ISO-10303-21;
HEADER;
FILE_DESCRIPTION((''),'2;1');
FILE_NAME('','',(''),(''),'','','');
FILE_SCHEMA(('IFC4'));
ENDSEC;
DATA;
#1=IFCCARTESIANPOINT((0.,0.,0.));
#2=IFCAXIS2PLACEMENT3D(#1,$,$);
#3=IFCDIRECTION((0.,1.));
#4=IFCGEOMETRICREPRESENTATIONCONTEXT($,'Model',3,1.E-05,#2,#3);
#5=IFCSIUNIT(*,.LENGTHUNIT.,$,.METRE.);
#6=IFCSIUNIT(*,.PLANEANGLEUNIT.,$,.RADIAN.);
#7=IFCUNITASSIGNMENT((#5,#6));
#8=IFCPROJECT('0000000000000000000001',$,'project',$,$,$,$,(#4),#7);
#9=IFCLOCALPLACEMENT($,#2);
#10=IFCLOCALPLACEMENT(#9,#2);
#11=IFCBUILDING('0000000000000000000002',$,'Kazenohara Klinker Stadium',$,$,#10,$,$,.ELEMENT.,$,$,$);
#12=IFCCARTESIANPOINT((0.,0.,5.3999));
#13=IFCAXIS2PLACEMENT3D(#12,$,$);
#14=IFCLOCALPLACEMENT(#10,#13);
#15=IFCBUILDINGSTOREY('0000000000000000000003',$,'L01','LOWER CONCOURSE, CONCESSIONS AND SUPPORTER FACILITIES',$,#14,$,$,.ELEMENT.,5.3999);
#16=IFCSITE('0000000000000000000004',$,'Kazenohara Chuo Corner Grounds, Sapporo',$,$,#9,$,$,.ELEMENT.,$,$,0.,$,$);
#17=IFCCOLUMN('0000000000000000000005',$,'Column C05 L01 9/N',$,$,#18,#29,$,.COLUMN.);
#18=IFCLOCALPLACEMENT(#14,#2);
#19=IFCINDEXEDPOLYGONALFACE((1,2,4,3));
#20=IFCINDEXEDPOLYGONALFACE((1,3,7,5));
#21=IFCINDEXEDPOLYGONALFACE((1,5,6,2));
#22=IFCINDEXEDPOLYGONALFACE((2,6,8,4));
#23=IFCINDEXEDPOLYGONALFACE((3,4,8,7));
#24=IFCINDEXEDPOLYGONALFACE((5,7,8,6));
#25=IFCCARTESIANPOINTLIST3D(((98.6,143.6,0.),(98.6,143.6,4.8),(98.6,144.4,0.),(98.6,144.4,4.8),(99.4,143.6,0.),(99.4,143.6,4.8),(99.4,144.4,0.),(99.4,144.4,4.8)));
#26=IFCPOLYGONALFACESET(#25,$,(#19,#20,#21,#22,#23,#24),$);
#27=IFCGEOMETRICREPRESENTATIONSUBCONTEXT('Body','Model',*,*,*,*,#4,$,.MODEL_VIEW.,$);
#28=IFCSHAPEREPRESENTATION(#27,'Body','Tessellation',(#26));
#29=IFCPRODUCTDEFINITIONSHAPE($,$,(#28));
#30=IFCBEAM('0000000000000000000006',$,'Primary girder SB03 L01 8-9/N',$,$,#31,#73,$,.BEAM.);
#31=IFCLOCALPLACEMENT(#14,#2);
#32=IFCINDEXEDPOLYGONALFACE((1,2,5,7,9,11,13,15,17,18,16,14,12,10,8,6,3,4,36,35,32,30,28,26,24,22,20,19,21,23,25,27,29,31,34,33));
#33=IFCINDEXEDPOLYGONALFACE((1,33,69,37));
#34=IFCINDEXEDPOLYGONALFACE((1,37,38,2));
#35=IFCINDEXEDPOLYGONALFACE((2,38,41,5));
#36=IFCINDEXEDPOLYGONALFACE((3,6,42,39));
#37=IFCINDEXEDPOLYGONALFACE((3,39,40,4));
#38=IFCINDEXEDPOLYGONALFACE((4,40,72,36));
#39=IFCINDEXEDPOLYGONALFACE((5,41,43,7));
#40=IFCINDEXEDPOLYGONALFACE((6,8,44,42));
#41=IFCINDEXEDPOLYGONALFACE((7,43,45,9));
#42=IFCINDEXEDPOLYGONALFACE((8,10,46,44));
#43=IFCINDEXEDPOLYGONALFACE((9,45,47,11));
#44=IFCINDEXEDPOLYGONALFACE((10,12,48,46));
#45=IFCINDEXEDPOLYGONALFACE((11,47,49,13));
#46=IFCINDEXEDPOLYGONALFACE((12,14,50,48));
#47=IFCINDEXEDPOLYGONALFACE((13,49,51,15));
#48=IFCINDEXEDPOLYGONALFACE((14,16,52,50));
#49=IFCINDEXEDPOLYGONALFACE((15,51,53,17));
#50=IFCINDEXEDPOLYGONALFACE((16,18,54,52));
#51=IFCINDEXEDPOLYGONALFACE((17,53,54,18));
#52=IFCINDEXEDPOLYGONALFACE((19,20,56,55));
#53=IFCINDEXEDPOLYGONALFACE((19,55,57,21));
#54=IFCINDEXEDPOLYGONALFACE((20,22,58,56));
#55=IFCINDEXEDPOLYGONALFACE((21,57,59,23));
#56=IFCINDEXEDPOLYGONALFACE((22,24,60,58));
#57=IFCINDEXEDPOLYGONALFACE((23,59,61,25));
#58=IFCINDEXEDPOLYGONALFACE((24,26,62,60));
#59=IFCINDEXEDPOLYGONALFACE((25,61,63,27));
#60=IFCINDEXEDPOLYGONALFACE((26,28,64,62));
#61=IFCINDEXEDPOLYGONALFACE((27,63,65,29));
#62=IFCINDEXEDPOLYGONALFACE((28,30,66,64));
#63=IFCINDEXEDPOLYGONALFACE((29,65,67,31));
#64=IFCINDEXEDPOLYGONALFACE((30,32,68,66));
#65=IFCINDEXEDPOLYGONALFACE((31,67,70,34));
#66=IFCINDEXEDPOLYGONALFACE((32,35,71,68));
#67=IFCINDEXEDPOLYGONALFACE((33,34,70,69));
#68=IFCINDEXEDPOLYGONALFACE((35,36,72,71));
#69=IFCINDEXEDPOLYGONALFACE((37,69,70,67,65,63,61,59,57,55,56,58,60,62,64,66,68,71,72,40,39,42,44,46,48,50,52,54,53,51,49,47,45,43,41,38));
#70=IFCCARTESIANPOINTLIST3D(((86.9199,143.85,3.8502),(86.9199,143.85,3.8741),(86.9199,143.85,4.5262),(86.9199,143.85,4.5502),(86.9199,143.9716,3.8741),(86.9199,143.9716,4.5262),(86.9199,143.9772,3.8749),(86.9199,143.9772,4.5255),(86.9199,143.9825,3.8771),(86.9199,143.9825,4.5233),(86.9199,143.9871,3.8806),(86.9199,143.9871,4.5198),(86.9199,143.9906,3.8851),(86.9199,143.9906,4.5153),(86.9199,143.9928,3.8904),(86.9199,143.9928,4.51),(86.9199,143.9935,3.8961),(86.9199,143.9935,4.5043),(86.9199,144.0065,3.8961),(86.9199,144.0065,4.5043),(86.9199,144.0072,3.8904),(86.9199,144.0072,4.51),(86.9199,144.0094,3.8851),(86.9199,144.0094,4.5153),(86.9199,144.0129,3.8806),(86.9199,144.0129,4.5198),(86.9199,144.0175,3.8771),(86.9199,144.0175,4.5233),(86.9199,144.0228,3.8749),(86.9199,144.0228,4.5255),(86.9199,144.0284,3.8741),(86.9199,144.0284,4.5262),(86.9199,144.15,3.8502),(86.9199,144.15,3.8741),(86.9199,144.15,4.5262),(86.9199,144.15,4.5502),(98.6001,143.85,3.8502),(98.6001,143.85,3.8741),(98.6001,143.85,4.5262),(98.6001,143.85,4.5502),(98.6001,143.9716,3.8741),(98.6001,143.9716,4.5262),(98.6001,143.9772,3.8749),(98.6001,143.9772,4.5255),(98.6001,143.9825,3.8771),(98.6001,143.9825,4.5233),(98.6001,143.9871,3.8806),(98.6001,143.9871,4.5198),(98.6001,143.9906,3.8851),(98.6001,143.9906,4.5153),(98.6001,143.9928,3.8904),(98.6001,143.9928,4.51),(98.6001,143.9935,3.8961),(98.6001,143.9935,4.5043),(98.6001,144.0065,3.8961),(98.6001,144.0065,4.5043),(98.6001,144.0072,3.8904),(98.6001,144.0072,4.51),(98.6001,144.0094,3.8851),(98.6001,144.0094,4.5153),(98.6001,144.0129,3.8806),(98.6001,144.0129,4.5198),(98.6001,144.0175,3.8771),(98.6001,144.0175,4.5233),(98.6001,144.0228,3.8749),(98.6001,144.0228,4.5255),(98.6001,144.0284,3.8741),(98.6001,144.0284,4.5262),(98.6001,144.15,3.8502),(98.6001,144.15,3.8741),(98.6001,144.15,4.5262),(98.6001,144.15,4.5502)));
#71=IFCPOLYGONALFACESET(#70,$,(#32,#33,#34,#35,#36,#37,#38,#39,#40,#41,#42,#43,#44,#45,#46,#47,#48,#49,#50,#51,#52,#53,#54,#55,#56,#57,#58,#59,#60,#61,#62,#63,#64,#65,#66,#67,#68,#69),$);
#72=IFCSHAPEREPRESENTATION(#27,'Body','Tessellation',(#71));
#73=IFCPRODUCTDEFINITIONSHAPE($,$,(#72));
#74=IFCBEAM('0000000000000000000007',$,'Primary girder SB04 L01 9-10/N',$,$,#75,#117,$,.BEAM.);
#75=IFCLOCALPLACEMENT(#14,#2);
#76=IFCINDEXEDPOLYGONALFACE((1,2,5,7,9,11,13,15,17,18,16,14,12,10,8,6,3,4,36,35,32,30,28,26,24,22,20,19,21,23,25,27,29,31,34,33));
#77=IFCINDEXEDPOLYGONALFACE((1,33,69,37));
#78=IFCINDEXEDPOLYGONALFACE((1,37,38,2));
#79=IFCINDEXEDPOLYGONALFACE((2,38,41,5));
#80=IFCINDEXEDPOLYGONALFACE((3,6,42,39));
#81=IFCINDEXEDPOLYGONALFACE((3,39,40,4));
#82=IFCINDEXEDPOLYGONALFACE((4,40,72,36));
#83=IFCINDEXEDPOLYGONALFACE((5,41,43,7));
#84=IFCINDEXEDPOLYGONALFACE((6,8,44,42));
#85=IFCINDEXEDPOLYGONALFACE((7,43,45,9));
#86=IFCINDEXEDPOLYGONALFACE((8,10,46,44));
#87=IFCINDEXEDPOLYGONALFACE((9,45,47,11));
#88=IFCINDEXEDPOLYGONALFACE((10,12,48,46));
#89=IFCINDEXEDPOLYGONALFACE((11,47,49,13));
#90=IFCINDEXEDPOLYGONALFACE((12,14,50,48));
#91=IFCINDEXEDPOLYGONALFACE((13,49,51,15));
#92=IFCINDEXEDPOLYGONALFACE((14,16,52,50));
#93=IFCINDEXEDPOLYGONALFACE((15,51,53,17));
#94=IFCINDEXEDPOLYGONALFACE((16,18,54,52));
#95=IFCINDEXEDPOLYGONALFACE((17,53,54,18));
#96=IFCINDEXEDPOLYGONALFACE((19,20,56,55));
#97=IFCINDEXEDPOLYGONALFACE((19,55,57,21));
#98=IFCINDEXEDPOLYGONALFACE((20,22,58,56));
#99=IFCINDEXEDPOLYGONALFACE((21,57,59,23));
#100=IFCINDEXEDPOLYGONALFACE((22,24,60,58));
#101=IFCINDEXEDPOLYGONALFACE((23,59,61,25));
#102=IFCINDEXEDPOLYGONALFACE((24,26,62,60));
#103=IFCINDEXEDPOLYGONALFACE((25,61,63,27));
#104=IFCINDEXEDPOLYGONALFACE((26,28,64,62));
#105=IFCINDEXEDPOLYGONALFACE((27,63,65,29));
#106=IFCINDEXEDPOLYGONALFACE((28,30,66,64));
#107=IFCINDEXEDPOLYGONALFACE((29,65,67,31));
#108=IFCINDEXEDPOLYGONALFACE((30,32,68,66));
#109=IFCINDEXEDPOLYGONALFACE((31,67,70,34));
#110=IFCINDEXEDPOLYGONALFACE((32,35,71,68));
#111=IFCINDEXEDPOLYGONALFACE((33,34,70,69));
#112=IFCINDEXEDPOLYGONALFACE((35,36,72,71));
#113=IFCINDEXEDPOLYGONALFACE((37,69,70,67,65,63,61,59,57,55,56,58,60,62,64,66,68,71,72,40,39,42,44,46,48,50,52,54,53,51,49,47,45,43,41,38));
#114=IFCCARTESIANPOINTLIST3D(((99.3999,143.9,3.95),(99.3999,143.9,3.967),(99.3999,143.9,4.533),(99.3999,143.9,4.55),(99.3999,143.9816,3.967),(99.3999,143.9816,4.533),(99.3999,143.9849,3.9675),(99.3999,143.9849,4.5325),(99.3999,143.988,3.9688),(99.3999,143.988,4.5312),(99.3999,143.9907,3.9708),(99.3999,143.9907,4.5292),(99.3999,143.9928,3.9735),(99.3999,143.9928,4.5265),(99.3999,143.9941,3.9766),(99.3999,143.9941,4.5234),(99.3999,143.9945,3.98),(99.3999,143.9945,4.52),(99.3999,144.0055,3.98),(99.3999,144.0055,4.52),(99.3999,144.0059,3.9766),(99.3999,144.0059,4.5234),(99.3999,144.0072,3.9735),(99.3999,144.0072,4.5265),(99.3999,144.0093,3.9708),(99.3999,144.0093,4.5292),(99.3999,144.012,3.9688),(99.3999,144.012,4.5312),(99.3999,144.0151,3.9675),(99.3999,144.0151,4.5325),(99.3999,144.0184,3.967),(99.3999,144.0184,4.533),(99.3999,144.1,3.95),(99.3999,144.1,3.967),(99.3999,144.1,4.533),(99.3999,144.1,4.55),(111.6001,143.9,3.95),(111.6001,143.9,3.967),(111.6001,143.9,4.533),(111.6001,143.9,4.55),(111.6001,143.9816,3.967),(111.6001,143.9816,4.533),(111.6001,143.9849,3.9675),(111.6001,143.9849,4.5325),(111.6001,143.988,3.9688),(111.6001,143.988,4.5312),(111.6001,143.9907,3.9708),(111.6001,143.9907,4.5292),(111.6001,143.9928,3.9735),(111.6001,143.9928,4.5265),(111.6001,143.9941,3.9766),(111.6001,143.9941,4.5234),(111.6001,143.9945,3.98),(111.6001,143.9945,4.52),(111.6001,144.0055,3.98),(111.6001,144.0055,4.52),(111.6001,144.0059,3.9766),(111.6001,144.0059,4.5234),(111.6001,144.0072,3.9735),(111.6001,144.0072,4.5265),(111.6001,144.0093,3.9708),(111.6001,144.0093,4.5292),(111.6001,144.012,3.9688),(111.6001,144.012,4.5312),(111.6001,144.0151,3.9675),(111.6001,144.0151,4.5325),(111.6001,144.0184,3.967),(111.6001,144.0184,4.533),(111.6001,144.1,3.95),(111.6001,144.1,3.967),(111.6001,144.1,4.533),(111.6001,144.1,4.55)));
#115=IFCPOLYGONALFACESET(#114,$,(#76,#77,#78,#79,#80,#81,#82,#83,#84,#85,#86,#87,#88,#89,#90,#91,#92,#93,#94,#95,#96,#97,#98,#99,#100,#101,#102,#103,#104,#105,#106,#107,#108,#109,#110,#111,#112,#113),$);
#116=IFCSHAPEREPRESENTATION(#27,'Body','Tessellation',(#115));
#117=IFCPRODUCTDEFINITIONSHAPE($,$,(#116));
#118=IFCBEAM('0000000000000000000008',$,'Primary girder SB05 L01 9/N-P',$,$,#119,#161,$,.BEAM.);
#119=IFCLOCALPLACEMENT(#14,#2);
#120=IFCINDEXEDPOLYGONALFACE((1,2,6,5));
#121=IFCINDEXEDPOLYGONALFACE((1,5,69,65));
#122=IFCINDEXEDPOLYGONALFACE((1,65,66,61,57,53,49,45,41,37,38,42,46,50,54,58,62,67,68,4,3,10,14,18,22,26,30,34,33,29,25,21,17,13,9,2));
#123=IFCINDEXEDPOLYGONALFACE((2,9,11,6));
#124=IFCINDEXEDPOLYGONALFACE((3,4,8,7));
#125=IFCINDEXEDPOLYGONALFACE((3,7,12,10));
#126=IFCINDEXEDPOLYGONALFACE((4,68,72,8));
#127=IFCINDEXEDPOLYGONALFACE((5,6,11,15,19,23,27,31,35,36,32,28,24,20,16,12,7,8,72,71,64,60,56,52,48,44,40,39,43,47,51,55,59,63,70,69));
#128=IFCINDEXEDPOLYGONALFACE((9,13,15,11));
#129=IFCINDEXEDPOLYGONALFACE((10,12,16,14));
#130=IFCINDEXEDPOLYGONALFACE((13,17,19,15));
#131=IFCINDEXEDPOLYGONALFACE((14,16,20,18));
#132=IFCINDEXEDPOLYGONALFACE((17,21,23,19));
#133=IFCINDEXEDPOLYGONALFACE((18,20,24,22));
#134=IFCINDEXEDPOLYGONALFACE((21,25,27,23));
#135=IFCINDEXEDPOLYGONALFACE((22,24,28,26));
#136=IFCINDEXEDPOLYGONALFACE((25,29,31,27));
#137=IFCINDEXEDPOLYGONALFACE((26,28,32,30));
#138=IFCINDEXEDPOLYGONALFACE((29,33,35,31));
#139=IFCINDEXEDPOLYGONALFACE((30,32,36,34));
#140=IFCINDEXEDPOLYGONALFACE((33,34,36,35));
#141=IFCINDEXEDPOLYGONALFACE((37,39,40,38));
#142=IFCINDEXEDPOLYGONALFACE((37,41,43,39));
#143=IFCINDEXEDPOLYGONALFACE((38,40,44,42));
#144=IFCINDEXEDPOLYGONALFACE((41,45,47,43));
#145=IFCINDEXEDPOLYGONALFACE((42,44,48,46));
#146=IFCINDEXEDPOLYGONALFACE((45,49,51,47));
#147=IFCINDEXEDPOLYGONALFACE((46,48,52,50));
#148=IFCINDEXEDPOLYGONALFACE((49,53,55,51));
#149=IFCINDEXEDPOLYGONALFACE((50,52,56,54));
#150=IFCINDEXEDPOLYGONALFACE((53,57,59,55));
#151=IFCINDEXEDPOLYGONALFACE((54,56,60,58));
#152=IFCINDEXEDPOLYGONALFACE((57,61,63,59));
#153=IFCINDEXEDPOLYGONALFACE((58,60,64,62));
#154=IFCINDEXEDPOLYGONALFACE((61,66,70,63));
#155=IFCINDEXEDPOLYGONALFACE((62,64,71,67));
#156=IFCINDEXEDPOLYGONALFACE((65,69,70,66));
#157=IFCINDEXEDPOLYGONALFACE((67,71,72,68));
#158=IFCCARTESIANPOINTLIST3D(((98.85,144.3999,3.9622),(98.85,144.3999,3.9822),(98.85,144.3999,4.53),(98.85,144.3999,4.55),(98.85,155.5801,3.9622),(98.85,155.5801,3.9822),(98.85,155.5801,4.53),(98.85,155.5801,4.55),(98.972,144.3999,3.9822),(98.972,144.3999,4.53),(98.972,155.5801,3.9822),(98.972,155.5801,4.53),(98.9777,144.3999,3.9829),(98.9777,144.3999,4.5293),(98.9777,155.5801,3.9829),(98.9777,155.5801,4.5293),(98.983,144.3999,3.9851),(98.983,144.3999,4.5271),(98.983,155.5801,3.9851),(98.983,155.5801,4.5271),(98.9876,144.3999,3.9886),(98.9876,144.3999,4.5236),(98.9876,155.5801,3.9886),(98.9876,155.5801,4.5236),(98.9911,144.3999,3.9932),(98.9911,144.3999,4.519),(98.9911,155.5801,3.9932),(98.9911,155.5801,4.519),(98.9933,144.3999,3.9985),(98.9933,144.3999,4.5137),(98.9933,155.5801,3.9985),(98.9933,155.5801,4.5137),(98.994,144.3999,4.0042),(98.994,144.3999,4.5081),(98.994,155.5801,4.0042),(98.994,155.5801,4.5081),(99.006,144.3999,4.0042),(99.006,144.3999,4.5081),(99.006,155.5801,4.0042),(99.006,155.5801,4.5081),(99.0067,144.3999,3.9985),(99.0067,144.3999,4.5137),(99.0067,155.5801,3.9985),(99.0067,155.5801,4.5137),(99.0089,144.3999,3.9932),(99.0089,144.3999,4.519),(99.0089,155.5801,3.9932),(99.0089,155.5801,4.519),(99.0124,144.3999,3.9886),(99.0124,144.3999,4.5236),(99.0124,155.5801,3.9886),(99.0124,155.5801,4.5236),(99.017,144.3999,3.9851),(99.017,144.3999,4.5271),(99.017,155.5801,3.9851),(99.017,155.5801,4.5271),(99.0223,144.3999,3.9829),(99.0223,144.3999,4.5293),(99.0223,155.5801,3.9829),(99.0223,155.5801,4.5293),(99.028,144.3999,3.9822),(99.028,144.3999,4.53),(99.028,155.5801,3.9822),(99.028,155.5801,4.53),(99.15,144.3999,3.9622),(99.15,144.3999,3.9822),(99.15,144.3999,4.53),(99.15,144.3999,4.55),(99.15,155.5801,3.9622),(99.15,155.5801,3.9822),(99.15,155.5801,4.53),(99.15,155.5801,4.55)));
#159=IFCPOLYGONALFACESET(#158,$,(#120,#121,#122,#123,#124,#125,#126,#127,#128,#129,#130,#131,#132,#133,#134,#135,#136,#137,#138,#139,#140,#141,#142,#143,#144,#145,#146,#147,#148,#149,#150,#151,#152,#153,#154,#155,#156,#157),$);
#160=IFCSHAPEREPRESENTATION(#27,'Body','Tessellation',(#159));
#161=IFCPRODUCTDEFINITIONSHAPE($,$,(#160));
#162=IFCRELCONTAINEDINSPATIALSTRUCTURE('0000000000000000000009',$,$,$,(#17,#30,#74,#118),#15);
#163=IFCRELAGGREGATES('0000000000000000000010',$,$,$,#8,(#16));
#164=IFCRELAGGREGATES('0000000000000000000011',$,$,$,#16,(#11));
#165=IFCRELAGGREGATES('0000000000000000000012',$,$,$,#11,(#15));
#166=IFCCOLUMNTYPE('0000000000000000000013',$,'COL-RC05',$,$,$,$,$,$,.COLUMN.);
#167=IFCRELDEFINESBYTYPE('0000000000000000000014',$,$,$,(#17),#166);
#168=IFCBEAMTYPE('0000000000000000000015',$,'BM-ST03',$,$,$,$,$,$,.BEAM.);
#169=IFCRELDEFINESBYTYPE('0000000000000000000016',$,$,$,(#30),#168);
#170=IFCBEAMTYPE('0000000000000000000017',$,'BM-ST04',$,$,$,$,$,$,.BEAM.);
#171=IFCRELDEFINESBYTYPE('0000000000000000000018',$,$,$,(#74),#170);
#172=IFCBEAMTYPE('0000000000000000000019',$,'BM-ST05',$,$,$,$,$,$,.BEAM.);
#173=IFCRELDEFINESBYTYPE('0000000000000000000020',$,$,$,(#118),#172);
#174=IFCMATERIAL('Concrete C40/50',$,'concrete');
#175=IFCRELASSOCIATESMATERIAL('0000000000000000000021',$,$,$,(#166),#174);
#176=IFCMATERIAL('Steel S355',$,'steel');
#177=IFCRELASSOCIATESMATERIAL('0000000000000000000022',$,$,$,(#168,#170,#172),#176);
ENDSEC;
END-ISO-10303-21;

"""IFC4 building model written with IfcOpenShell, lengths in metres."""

from ifc_helpers import new_model, si_unit, direction, frame, origin, origin_2d, place, context, subcontext, project, spatial, rectangle, i_section, extrude, material, material_profile, profile_set, type_object, element, save


model = new_model("IFC4")

# Units and contexts
model_context = context("Model", 3, precision=1e-05, world=origin(), true_north=direction((0.0, 1.0)))
body_context = subcontext(model_context, "Body", "Model", "MODEL_VIEW")
ifc_project = project(units=[si_unit("LENGTHUNIT", "METRE"), si_unit("PLANEANGLEUNIT", "RADIAN")], contexts=[model_context])

# Site, building, storey
site_placement = place(None, origin())
site = spatial("IfcSite", under=ifc_project, at=site_placement, Name="Kazenohara Chuo Corner Grounds, Sapporo", CompositionType="ELEMENT", RefElevation=0.0)
building_placement = place(site_placement, origin())
building = spatial("IfcBuilding", under=site, at=building_placement, Name="Kazenohara Klinker Stadium", CompositionType="ELEMENT")
storey_placement = place(building_placement, frame((0.0, 0.0, 5.3999)))
storey = spatial("IfcBuildingStorey", under=building, at=storey_placement, Name="L01", Description="LOWER CONCOURSE, CONCESSIONS AND SUPPORTER FACILITIES", CompositionType="ELEMENT", Elevation=5.3999)

# Column
ifc_material_1 = material(Name="Concrete C40/50", Category="concrete")
ifc_material_profile_1 = material_profile(ifc_material_1, rectangle(XDim=0.8, YDim=0.8, at=origin_2d()), Name="RC-COL-800x800")
ifc_profile_set_1 = profile_set([ifc_material_profile_1], Name="Concrete C40/50")
column_type = type_object("IfcColumnType", Name="COL-RC05", PredefinedType="COLUMN", material=ifc_profile_set_1)
column_placement = place(storey_placement, frame((99.0, 144.0, 0.0), z_axis=(0.0, 0.0, 1.0), x_axis=(1.0, 0.0, 0.0)))
element("IfcColumn", 1, at=column_placement, inside=storey, type_object=column_type, Name="Column C05 L01 9/N", PredefinedType="COLUMN", context=body_context, shape_type="SweptSolid", body=[
    extrude(rectangle(XDim=0.8, YDim=0.8, at=origin_2d()), origin(), (0.0, 0.0, 1.0), 4.8),
])

# Beams
ifc_material_2 = material(Name="Steel S355", Category="steel")
ifc_material_profile_2 = material_profile(ifc_material_2, i_section(OverallWidth=0.3, OverallDepth=0.7, WebThickness=0.0129, FlangeThickness=0.0239, FilletRadius=0.022, at=origin_2d()), Name="H-700x300x13x24")
ifc_profile_set_2 = profile_set([ifc_material_profile_2], Name="Steel S355")
beam_type_1 = type_object("IfcBeamType", Name="BM-ST03", PredefinedType="BEAM", material=ifc_profile_set_2)
beam_1_placement = place(storey_placement, frame((86.9199, 144.0, 4.2002), z_axis=(1.0, 0.0, 0.0), x_axis=(0.0, 1.0, 0.0)))
element("IfcBeam", 2, at=beam_1_placement, inside=storey, type_object=beam_type_1, Name="Primary girder SB03 L01 8-9/N", PredefinedType="BEAM", context=body_context, shape_type="SweptSolid", body=[
    extrude(i_section(OverallWidth=0.3, OverallDepth=0.7, WebThickness=0.0129, FlangeThickness=0.0239, FilletRadius=0.022, at=origin_2d()), origin(), (0.0, 0.0, 1.0), 11.6802),
])
ifc_material_profile_3 = material_profile(ifc_material_2, i_section(OverallWidth=0.2, OverallDepth=0.6001, WebThickness=0.011, FlangeThickness=0.0171, FilletRadius=0.0129, at=origin_2d()), Name="H-600x200x11x17")
ifc_profile_set_3 = profile_set([ifc_material_profile_3], Name="Steel S355")
beam_type_2 = type_object("IfcBeamType", Name="BM-ST04", PredefinedType="BEAM", material=ifc_profile_set_3)
beam_2_placement = place(storey_placement, frame((99.3999, 144.0, 4.25), z_axis=(1.0, 0.0, 0.0), x_axis=(0.0, 1.0, 0.0)))
element("IfcBeam", 3, at=beam_2_placement, inside=storey, type_object=beam_type_2, Name="Primary girder SB04 L01 9-10/N", PredefinedType="BEAM", context=body_context, shape_type="SweptSolid", body=[
    extrude(i_section(OverallWidth=0.2, OverallDepth=0.6001, WebThickness=0.011, FlangeThickness=0.0171, FilletRadius=0.0129, at=origin_2d()), origin(), (0.0, 0.0, 1.0), 12.2002),
])
ifc_material_profile_4 = material_profile(ifc_material_2, i_section(OverallWidth=0.3, OverallDepth=0.5879, WebThickness=0.012, FlangeThickness=0.02, FilletRadius=0.022, at=origin_2d()), Name="H-588x300x12x20")
ifc_profile_set_4 = profile_set([ifc_material_profile_4], Name="Steel S355")
beam_type_3 = type_object("IfcBeamType", Name="BM-ST05", PredefinedType="BEAM", material=ifc_profile_set_4)
beam_3_placement = place(storey_placement, frame((99.0, 144.3999, 4.2561), z_axis=(0.0, 1.0, 0.0), x_axis=(-1.0, 0.0, 0.0)))
element("IfcBeam", 4, at=beam_3_placement, inside=storey, type_object=beam_type_3, Name="Primary girder SB05 L01 9/N-P", PredefinedType="BEAM", context=body_context, shape_type="SweptSolid", body=[
    extrude(i_section(OverallWidth=0.3, OverallDepth=0.5879, WebThickness=0.012, FlangeThickness=0.02, FilletRadius=0.022, at=origin_2d()), origin(), (0.0, 0.0, 1.0), 11.1802),
])

save(model, "model.ifc")
